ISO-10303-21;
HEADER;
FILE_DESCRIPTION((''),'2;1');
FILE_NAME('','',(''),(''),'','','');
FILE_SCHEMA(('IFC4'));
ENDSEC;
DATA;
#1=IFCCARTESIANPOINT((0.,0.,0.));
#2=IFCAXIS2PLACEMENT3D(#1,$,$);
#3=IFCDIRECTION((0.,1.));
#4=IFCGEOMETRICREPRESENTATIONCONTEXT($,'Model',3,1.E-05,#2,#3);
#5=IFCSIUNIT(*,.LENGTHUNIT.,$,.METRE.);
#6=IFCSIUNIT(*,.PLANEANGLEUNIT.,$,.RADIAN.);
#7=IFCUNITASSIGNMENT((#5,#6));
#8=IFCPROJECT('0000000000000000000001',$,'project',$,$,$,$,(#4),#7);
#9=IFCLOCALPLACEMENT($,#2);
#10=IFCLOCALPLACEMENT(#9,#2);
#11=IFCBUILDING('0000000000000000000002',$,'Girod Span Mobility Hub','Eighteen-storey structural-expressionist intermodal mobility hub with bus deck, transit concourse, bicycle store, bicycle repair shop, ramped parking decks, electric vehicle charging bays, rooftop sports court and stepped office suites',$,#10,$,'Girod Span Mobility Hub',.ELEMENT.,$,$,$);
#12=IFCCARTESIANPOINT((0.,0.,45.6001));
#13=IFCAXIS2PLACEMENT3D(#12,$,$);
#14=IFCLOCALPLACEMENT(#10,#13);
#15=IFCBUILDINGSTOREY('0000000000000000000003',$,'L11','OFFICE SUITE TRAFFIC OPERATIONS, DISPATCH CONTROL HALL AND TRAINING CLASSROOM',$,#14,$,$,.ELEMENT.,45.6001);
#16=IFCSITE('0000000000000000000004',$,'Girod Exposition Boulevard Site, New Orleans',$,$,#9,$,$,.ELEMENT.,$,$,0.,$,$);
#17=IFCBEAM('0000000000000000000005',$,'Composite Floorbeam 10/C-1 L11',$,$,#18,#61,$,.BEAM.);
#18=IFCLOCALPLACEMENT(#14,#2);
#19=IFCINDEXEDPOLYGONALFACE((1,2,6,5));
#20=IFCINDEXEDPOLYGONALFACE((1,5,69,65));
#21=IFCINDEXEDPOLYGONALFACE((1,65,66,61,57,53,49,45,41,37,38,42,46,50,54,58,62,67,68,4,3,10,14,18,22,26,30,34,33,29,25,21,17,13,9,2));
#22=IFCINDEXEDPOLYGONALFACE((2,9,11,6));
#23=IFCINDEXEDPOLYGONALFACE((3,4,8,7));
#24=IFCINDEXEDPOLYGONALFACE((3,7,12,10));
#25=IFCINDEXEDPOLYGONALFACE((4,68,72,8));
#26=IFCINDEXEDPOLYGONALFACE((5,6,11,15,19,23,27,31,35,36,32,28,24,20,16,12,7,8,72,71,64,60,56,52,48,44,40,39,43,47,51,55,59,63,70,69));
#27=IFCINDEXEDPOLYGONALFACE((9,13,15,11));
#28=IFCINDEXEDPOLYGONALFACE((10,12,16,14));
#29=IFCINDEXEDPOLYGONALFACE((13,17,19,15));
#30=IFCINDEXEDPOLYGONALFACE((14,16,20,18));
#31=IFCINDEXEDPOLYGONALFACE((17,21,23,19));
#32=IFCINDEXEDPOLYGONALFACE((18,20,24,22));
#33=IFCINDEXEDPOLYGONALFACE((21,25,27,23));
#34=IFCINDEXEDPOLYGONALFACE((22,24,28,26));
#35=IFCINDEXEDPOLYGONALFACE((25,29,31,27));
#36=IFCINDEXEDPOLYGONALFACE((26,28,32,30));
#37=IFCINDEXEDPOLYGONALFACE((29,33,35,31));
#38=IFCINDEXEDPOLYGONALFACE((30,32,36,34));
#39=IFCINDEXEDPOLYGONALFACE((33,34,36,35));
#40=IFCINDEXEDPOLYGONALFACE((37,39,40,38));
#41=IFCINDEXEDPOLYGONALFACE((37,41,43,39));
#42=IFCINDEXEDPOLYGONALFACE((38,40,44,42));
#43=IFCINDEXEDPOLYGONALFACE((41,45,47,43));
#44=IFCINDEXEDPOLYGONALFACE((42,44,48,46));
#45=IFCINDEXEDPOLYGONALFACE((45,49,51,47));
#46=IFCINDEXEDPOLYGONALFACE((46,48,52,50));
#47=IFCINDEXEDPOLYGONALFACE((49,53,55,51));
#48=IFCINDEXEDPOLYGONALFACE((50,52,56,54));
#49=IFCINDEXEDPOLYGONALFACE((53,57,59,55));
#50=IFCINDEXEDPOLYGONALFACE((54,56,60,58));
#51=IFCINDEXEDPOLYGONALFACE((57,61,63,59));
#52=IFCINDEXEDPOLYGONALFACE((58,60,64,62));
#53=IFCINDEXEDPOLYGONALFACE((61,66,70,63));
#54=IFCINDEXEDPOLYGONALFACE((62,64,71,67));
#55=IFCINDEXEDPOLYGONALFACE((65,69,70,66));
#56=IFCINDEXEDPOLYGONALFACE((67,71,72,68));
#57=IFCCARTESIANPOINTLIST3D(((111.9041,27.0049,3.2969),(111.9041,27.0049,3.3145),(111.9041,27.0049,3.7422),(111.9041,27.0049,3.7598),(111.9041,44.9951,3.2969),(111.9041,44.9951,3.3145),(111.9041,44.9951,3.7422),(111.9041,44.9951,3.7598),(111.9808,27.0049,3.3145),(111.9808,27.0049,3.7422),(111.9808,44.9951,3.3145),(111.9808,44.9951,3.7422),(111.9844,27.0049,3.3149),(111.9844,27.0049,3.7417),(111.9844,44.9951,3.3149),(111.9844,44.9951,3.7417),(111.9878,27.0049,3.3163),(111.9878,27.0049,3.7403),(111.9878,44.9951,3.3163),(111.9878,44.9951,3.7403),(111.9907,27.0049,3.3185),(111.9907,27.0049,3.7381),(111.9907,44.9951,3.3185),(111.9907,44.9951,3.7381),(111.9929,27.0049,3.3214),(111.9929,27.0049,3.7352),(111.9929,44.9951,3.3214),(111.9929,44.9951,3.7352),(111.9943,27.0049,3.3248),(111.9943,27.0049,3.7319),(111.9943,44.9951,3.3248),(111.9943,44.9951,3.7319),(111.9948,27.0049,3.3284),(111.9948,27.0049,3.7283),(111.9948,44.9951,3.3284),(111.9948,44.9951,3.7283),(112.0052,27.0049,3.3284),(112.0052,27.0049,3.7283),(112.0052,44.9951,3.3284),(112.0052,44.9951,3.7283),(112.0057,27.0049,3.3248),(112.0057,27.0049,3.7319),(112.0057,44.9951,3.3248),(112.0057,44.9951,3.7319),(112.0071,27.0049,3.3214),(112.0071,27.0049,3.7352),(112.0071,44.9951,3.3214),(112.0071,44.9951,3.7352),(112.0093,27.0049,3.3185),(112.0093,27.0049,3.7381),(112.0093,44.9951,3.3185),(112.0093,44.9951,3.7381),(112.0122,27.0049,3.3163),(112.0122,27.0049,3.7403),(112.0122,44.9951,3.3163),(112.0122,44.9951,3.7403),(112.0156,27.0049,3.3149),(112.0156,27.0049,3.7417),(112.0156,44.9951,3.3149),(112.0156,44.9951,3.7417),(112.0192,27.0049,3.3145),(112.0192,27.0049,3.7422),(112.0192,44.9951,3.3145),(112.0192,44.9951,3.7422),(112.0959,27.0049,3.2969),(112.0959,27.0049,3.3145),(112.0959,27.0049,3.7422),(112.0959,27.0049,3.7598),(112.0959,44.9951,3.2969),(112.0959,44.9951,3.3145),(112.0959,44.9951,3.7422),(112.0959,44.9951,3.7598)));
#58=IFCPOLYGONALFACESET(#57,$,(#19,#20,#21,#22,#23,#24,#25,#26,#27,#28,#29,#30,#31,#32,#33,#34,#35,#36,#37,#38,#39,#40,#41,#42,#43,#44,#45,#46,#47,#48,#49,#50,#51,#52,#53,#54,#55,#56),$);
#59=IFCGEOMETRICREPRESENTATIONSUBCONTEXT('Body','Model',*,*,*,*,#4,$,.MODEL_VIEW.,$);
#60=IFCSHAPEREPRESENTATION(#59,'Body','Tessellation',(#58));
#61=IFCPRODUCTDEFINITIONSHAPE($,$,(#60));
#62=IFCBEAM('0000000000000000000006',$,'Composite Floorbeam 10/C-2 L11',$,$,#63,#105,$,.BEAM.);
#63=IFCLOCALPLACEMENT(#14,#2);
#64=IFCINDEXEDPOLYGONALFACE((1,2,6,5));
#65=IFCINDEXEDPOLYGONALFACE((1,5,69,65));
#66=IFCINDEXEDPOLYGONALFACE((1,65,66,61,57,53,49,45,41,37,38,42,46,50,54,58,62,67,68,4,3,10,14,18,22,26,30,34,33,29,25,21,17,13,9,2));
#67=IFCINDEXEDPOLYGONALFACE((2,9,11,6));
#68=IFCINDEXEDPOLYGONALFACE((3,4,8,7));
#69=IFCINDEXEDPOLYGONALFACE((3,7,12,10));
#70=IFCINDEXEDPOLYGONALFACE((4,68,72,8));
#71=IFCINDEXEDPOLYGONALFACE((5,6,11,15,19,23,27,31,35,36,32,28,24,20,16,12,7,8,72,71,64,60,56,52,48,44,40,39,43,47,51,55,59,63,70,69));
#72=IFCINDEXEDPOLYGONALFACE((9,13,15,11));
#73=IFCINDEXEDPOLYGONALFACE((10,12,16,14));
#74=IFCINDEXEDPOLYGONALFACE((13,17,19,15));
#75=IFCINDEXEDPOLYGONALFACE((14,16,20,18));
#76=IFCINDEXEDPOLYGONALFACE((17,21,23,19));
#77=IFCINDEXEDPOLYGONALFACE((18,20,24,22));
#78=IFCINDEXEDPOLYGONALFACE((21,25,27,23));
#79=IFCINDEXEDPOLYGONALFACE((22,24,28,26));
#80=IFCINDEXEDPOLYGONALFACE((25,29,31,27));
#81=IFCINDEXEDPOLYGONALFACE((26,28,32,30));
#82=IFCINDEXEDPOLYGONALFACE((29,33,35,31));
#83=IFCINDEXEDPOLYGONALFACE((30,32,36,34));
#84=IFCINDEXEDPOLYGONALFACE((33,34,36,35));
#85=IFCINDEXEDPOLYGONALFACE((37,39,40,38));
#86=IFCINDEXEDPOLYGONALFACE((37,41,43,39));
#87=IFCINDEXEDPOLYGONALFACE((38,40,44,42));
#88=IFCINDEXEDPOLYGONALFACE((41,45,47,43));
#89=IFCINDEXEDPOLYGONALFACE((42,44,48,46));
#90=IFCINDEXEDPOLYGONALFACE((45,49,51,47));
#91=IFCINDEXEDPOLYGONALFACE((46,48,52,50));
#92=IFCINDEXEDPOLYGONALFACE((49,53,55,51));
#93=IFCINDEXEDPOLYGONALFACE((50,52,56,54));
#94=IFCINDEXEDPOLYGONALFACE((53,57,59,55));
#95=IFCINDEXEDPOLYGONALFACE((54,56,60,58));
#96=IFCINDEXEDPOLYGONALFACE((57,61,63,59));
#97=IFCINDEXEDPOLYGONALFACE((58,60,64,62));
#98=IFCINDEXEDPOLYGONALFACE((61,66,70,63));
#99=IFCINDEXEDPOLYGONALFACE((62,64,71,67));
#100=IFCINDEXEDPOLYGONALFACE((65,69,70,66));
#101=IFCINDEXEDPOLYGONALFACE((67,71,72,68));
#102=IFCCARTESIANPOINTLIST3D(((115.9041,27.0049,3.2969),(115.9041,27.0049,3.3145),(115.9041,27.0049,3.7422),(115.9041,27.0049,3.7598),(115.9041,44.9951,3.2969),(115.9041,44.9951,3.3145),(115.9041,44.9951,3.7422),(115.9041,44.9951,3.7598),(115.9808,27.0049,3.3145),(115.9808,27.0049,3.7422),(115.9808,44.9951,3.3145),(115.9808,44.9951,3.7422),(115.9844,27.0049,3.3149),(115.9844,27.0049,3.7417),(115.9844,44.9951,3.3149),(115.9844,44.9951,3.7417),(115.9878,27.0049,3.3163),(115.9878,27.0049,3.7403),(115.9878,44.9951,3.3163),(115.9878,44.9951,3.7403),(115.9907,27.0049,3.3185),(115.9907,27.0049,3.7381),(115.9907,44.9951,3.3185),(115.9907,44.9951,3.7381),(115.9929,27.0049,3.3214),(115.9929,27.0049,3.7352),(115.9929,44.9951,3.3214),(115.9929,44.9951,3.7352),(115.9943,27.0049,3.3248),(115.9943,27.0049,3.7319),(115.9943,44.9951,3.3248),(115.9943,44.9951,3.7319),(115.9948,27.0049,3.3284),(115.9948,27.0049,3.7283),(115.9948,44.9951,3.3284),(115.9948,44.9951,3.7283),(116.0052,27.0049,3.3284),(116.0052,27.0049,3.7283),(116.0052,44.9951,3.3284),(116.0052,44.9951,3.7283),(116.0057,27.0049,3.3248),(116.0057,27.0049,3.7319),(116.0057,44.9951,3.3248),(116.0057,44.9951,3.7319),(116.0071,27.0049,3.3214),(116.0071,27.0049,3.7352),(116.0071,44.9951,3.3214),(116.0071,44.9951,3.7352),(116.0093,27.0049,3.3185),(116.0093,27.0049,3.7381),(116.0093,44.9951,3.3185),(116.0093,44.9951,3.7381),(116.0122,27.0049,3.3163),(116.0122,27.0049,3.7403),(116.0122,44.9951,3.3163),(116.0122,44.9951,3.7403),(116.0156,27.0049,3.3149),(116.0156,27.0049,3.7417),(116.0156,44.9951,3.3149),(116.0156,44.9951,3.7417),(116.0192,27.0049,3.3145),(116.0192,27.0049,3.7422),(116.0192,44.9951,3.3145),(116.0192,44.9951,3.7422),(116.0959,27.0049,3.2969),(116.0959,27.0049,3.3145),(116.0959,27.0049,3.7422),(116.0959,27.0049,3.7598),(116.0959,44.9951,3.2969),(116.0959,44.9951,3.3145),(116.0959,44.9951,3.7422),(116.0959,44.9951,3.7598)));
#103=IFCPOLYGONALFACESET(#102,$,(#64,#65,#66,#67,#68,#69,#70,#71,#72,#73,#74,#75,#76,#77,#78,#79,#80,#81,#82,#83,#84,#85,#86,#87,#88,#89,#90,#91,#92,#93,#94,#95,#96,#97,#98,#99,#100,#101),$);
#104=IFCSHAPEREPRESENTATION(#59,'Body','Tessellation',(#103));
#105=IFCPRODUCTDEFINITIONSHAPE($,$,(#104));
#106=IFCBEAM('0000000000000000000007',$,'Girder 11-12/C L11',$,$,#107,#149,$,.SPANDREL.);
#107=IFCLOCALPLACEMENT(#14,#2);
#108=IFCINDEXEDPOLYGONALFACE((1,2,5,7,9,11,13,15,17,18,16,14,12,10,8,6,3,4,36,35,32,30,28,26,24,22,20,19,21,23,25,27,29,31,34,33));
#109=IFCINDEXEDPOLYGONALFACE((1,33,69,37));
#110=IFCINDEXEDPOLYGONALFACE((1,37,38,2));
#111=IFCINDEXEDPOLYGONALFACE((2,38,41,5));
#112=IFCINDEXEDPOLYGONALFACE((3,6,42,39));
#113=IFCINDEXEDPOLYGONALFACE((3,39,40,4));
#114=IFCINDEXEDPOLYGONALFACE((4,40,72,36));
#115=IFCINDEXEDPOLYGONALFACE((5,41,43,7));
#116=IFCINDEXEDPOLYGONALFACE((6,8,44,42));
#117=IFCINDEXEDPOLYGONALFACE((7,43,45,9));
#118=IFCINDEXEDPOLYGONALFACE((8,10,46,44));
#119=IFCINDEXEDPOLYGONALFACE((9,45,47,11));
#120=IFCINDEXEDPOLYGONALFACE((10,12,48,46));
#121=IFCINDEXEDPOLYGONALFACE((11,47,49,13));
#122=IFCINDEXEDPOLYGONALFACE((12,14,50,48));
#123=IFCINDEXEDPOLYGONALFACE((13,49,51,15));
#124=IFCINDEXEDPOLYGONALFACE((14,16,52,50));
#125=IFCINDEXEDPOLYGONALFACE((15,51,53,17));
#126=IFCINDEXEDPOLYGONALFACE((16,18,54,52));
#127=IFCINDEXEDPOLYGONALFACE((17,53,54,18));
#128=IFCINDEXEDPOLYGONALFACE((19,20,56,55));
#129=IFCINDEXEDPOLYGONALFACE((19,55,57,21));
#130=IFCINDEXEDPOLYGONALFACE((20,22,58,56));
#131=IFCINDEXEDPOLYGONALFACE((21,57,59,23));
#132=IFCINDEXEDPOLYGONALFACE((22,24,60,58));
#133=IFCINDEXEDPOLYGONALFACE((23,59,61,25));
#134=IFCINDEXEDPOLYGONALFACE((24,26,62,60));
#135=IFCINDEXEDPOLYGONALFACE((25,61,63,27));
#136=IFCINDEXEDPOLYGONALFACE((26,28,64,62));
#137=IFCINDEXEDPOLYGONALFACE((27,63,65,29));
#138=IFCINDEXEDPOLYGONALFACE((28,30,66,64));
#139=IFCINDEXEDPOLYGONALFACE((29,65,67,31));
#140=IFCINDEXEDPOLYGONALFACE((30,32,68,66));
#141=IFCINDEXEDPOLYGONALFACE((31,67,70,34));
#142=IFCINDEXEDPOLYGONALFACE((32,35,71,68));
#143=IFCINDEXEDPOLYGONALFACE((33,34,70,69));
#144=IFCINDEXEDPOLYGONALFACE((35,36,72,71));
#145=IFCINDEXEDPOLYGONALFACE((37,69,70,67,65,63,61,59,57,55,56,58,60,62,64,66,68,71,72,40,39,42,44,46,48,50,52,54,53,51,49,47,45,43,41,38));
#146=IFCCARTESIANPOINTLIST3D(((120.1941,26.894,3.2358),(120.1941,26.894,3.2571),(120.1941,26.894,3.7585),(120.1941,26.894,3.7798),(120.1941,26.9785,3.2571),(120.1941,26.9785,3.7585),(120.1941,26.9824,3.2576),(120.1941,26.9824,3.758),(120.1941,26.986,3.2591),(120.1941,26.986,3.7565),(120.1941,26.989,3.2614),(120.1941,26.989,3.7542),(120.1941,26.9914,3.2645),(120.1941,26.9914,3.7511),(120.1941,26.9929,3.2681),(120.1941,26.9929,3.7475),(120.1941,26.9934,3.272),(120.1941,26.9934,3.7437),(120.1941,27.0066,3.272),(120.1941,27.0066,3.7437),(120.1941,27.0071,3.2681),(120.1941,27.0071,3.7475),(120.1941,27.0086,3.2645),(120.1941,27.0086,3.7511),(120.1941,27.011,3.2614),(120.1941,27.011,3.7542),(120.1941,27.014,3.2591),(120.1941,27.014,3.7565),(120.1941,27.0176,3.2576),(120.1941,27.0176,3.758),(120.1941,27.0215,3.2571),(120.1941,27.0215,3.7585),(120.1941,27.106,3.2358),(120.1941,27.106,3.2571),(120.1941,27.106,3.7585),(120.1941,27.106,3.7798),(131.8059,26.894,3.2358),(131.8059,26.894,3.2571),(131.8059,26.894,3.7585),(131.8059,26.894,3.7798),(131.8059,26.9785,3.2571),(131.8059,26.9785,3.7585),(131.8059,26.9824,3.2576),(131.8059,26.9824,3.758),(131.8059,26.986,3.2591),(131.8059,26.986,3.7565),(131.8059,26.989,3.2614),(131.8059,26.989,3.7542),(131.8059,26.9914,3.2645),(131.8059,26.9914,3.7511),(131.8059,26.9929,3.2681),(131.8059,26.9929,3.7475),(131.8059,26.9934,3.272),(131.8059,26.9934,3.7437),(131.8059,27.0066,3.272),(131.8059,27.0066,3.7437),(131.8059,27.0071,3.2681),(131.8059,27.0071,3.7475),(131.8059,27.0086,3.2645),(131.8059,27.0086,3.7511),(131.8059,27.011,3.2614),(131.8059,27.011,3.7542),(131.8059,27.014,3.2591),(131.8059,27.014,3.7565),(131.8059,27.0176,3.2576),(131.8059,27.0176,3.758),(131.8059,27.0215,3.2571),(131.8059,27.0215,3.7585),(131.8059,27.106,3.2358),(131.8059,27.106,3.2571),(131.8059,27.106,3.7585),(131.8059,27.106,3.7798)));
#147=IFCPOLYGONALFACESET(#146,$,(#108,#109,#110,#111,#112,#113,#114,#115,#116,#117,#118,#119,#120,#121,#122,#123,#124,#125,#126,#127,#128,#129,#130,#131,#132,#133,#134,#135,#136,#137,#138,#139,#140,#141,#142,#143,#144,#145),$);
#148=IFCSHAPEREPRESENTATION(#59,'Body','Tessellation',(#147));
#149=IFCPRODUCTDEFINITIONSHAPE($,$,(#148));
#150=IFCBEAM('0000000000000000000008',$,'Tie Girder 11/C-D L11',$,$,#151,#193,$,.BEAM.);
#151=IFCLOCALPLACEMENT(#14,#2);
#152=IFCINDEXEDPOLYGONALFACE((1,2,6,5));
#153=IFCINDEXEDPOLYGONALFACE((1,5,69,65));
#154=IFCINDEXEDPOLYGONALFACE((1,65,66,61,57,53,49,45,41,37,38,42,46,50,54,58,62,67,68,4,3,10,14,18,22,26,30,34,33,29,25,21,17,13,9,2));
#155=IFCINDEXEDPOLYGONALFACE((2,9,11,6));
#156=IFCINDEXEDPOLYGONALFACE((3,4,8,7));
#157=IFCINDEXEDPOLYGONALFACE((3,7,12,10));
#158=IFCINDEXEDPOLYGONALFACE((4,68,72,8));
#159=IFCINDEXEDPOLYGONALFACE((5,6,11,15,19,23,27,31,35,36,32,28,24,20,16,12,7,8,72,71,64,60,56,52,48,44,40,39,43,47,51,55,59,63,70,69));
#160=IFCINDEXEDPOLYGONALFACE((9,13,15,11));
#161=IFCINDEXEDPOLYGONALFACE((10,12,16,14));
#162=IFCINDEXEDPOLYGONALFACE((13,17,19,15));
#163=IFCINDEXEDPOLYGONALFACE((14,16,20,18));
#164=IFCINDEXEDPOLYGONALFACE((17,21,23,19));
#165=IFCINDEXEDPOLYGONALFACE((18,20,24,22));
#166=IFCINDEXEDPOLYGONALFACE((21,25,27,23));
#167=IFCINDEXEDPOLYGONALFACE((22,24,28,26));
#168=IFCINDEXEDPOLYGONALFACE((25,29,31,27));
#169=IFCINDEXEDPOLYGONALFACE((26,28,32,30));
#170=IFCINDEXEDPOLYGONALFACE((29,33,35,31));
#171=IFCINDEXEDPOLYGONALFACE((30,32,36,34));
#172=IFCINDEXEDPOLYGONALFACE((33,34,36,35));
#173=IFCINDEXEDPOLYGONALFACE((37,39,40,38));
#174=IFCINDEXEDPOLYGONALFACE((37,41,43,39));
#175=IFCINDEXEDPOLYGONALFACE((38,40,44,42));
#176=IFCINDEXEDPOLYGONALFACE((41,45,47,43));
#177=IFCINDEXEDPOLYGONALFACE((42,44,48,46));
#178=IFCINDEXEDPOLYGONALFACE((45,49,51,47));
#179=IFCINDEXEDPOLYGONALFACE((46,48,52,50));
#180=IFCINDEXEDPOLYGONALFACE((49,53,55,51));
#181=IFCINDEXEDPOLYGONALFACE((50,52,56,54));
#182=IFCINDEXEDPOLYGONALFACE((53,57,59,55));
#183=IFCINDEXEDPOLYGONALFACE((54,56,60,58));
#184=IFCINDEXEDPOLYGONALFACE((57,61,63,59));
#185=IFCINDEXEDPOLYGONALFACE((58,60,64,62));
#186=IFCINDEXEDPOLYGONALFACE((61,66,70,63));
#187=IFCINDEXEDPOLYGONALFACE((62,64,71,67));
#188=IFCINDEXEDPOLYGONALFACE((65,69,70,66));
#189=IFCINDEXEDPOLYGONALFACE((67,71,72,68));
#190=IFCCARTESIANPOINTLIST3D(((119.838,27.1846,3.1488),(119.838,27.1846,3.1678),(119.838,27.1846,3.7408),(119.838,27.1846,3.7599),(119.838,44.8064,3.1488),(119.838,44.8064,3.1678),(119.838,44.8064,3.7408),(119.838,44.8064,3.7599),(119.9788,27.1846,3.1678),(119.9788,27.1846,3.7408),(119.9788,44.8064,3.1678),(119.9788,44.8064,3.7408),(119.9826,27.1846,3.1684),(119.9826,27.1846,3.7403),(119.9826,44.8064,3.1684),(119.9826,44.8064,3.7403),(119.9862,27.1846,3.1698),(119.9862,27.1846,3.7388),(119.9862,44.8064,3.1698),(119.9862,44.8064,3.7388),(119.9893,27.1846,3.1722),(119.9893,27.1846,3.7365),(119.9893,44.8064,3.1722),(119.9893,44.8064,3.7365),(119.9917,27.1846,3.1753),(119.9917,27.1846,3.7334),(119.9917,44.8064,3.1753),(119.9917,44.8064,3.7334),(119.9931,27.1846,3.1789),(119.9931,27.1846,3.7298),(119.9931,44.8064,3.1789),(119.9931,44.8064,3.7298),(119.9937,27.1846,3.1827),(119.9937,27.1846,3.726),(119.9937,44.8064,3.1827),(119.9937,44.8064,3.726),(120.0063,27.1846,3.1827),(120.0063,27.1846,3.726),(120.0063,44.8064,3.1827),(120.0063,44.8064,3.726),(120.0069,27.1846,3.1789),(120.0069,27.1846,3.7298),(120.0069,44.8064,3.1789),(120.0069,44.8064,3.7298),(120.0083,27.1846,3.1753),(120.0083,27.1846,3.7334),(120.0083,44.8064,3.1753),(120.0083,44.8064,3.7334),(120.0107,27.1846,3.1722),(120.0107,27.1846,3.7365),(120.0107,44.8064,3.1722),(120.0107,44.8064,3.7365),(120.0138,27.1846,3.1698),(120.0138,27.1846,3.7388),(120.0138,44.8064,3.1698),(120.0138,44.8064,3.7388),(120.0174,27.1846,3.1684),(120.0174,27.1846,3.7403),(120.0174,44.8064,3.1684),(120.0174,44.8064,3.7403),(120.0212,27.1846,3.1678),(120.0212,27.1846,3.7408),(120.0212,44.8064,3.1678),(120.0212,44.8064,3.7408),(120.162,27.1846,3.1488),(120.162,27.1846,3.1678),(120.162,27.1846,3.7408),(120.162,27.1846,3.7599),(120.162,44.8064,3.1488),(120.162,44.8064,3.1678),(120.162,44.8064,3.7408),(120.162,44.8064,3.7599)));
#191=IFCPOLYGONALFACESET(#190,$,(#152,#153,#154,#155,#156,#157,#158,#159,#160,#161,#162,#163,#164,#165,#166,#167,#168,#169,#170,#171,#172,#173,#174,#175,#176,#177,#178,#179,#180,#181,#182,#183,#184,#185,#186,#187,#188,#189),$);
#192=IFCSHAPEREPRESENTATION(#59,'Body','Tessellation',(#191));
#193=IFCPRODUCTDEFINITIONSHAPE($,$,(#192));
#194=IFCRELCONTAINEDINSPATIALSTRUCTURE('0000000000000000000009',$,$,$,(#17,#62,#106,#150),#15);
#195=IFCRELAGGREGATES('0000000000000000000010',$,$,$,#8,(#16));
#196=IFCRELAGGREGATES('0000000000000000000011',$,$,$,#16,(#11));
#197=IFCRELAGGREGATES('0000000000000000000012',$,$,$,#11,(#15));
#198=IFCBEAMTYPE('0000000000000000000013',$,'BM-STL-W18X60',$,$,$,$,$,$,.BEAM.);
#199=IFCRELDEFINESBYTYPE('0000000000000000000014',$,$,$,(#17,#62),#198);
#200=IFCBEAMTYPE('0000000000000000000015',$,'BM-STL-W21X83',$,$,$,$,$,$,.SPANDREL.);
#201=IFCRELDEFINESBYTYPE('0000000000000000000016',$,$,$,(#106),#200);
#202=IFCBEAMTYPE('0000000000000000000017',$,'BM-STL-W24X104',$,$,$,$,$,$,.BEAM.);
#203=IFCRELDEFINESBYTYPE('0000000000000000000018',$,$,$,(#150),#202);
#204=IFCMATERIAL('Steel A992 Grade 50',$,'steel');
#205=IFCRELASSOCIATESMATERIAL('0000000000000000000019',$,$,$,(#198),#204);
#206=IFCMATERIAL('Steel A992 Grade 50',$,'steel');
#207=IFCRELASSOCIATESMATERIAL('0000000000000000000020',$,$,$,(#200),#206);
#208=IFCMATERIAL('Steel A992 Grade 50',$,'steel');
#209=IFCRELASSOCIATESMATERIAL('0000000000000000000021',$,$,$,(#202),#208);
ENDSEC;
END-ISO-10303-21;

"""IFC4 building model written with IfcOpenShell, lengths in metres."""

from ifc_helpers import new_model, si_unit, direction, frame, origin, origin_2d, place, context, subcontext, project, spatial, i_section, extrude, material, material_profile, profile_set, type_object, element, save


model = new_model("IFC4")

# Units and contexts
model_context = context("Model", 3, precision=1e-05, world=origin(), true_north=direction((0.0, 1.0)))
body_context = subcontext(model_context, "Body", "Model", "MODEL_VIEW")
ifc_project = project(units=[si_unit("LENGTHUNIT", "METRE"), si_unit("PLANEANGLEUNIT", "RADIAN")], contexts=[model_context])

# Site, building, storey
site_placement = place(None, origin())
site = spatial("IfcSite", under=ifc_project, at=site_placement, Name="Girod Exposition Boulevard Site, New Orleans", CompositionType="ELEMENT", RefElevation=0.0)
building_placement = place(site_placement, origin())
building = spatial("IfcBuilding", under=site, at=building_placement, Name="Girod Span Mobility Hub", Description="Eighteen-storey structural-expressionist intermodal mobility hub with bus deck, transit concourse, bicycle store, bicycle repair shop, ramped parking decks, electric vehicle charging bays, rooftop sports court and stepped office suites", LongName="Girod Span Mobility Hub", CompositionType="ELEMENT")
storey_placement = place(building_placement, frame((0.0, 0.0, 45.6001)))
storey = spatial("IfcBuildingStorey", under=building, at=storey_placement, Name="L11", Description="OFFICE SUITE TRAFFIC OPERATIONS, DISPATCH CONTROL HALL AND TRAINING CLASSROOM", CompositionType="ELEMENT", Elevation=45.6001)

# Beams
ifc_material_1 = material(Name="Steel A992 Grade 50", Category="steel")
ifc_material_profile_1 = material_profile(ifc_material_1, i_section(OverallWidth=0.1919, OverallDepth=0.4629, WebThickness=0.0105, FlangeThickness=0.0176, FilletRadius=0.0139, at=origin_2d()), Name="W18X60")
ifc_profile_set_1 = profile_set([ifc_material_profile_1], Name="Steel A992 Grade 50")
beam_type_1 = type_object("IfcBeamType", Name="BM-STL-W18X60", PredefinedType="BEAM", material=ifc_profile_set_1)
for number, where, z_axis, x_axis, name in (
    (1, (112.0, 27.0049, 3.5283), (0.0, 1.0, 0.0), (-1.0, 0.0, 0.0), "Composite Floorbeam 10/C-1 L11"),
    (2, (116.0, 27.0049, 3.5283), (0.0, 1.0, 0.0), (-1.0, 0.0, 0.0), "Composite Floorbeam 10/C-2 L11"),
):
    element("IfcBeam", number, at=place(storey_placement, frame(where, z_axis=z_axis, x_axis=x_axis)), inside=storey, type_object=beam_type_1, Name=name, PredefinedType="BEAM", context=body_context, shape_type="SweptSolid", body=[
        extrude(i_section(OverallWidth=0.1919, OverallDepth=0.4629, WebThickness=0.0105, FlangeThickness=0.0176, FilletRadius=0.0139, at=origin_2d()), origin(), (0.0, 0.0, 1.0), 17.9902),
    ])
ifc_material_2 = material(Name="Steel A992 Grade 50", Category="steel")
ifc_material_profile_2 = material_profile(ifc_material_2, i_section(OverallWidth=0.2119, OverallDepth=0.5439, WebThickness=0.0132, FlangeThickness=0.0212, FilletRadius=0.0149, at=origin_2d()), Name="W21X83")
ifc_profile_set_2 = profile_set([ifc_material_profile_2], Name="Steel A992 Grade 50")
beam_type_2 = type_object("IfcBeamType", Name="BM-STL-W21X83", PredefinedType="SPANDREL", material=ifc_profile_set_2)
beam_1_placement = place(storey_placement, frame((120.1941, 27.0, 3.5078), z_axis=(1.0, 0.0, 0.0), x_axis=(0.0, 1.0, 0.0)))
element("IfcBeam", 3, at=beam_1_placement, inside=storey, type_object=beam_type_2, Name="Girder 11-12/C L11", PredefinedType="SPANDREL", context=body_context, shape_type="SweptSolid", body=[
    extrude(i_section(OverallWidth=0.2119, OverallDepth=0.5439, WebThickness=0.0132, FlangeThickness=0.0212, FilletRadius=0.0149, at=origin_2d()), origin(), (0.0, 0.0, 1.0), 11.6118),
])
ifc_material_3 = material(Name="Steel A992 Grade 50", Category="steel")
ifc_material_profile_3 = material_profile(ifc_material_3, i_section(OverallWidth=0.324, OverallDepth=0.6111, WebThickness=0.0127, FlangeThickness=0.019, FilletRadius=0.0149, at=origin_2d()), Name="W24X104")
ifc_profile_set_3 = profile_set([ifc_material_profile_3], Name="Steel A992 Grade 50")
beam_type_3 = type_object("IfcBeamType", Name="BM-STL-W24X104", PredefinedType="BEAM", material=ifc_profile_set_3)
beam_2_placement = place(storey_placement, frame((120.0, 27.1846, 3.4543), z_axis=(0.0, 1.0, 0.0), x_axis=(-1.0, 0.0, 0.0)))
element("IfcBeam", 4, at=beam_2_placement, inside=storey, type_object=beam_type_3, Name="Tie Girder 11/C-D L11", PredefinedType="BEAM", context=body_context, shape_type="SweptSolid", body=[
    extrude(i_section(OverallWidth=0.324, OverallDepth=0.6111, WebThickness=0.0127, FlangeThickness=0.019, FilletRadius=0.0149, at=origin_2d()), origin(), (0.0, 0.0, 1.0), 17.6218),
])

save(model, "model.ifc")
